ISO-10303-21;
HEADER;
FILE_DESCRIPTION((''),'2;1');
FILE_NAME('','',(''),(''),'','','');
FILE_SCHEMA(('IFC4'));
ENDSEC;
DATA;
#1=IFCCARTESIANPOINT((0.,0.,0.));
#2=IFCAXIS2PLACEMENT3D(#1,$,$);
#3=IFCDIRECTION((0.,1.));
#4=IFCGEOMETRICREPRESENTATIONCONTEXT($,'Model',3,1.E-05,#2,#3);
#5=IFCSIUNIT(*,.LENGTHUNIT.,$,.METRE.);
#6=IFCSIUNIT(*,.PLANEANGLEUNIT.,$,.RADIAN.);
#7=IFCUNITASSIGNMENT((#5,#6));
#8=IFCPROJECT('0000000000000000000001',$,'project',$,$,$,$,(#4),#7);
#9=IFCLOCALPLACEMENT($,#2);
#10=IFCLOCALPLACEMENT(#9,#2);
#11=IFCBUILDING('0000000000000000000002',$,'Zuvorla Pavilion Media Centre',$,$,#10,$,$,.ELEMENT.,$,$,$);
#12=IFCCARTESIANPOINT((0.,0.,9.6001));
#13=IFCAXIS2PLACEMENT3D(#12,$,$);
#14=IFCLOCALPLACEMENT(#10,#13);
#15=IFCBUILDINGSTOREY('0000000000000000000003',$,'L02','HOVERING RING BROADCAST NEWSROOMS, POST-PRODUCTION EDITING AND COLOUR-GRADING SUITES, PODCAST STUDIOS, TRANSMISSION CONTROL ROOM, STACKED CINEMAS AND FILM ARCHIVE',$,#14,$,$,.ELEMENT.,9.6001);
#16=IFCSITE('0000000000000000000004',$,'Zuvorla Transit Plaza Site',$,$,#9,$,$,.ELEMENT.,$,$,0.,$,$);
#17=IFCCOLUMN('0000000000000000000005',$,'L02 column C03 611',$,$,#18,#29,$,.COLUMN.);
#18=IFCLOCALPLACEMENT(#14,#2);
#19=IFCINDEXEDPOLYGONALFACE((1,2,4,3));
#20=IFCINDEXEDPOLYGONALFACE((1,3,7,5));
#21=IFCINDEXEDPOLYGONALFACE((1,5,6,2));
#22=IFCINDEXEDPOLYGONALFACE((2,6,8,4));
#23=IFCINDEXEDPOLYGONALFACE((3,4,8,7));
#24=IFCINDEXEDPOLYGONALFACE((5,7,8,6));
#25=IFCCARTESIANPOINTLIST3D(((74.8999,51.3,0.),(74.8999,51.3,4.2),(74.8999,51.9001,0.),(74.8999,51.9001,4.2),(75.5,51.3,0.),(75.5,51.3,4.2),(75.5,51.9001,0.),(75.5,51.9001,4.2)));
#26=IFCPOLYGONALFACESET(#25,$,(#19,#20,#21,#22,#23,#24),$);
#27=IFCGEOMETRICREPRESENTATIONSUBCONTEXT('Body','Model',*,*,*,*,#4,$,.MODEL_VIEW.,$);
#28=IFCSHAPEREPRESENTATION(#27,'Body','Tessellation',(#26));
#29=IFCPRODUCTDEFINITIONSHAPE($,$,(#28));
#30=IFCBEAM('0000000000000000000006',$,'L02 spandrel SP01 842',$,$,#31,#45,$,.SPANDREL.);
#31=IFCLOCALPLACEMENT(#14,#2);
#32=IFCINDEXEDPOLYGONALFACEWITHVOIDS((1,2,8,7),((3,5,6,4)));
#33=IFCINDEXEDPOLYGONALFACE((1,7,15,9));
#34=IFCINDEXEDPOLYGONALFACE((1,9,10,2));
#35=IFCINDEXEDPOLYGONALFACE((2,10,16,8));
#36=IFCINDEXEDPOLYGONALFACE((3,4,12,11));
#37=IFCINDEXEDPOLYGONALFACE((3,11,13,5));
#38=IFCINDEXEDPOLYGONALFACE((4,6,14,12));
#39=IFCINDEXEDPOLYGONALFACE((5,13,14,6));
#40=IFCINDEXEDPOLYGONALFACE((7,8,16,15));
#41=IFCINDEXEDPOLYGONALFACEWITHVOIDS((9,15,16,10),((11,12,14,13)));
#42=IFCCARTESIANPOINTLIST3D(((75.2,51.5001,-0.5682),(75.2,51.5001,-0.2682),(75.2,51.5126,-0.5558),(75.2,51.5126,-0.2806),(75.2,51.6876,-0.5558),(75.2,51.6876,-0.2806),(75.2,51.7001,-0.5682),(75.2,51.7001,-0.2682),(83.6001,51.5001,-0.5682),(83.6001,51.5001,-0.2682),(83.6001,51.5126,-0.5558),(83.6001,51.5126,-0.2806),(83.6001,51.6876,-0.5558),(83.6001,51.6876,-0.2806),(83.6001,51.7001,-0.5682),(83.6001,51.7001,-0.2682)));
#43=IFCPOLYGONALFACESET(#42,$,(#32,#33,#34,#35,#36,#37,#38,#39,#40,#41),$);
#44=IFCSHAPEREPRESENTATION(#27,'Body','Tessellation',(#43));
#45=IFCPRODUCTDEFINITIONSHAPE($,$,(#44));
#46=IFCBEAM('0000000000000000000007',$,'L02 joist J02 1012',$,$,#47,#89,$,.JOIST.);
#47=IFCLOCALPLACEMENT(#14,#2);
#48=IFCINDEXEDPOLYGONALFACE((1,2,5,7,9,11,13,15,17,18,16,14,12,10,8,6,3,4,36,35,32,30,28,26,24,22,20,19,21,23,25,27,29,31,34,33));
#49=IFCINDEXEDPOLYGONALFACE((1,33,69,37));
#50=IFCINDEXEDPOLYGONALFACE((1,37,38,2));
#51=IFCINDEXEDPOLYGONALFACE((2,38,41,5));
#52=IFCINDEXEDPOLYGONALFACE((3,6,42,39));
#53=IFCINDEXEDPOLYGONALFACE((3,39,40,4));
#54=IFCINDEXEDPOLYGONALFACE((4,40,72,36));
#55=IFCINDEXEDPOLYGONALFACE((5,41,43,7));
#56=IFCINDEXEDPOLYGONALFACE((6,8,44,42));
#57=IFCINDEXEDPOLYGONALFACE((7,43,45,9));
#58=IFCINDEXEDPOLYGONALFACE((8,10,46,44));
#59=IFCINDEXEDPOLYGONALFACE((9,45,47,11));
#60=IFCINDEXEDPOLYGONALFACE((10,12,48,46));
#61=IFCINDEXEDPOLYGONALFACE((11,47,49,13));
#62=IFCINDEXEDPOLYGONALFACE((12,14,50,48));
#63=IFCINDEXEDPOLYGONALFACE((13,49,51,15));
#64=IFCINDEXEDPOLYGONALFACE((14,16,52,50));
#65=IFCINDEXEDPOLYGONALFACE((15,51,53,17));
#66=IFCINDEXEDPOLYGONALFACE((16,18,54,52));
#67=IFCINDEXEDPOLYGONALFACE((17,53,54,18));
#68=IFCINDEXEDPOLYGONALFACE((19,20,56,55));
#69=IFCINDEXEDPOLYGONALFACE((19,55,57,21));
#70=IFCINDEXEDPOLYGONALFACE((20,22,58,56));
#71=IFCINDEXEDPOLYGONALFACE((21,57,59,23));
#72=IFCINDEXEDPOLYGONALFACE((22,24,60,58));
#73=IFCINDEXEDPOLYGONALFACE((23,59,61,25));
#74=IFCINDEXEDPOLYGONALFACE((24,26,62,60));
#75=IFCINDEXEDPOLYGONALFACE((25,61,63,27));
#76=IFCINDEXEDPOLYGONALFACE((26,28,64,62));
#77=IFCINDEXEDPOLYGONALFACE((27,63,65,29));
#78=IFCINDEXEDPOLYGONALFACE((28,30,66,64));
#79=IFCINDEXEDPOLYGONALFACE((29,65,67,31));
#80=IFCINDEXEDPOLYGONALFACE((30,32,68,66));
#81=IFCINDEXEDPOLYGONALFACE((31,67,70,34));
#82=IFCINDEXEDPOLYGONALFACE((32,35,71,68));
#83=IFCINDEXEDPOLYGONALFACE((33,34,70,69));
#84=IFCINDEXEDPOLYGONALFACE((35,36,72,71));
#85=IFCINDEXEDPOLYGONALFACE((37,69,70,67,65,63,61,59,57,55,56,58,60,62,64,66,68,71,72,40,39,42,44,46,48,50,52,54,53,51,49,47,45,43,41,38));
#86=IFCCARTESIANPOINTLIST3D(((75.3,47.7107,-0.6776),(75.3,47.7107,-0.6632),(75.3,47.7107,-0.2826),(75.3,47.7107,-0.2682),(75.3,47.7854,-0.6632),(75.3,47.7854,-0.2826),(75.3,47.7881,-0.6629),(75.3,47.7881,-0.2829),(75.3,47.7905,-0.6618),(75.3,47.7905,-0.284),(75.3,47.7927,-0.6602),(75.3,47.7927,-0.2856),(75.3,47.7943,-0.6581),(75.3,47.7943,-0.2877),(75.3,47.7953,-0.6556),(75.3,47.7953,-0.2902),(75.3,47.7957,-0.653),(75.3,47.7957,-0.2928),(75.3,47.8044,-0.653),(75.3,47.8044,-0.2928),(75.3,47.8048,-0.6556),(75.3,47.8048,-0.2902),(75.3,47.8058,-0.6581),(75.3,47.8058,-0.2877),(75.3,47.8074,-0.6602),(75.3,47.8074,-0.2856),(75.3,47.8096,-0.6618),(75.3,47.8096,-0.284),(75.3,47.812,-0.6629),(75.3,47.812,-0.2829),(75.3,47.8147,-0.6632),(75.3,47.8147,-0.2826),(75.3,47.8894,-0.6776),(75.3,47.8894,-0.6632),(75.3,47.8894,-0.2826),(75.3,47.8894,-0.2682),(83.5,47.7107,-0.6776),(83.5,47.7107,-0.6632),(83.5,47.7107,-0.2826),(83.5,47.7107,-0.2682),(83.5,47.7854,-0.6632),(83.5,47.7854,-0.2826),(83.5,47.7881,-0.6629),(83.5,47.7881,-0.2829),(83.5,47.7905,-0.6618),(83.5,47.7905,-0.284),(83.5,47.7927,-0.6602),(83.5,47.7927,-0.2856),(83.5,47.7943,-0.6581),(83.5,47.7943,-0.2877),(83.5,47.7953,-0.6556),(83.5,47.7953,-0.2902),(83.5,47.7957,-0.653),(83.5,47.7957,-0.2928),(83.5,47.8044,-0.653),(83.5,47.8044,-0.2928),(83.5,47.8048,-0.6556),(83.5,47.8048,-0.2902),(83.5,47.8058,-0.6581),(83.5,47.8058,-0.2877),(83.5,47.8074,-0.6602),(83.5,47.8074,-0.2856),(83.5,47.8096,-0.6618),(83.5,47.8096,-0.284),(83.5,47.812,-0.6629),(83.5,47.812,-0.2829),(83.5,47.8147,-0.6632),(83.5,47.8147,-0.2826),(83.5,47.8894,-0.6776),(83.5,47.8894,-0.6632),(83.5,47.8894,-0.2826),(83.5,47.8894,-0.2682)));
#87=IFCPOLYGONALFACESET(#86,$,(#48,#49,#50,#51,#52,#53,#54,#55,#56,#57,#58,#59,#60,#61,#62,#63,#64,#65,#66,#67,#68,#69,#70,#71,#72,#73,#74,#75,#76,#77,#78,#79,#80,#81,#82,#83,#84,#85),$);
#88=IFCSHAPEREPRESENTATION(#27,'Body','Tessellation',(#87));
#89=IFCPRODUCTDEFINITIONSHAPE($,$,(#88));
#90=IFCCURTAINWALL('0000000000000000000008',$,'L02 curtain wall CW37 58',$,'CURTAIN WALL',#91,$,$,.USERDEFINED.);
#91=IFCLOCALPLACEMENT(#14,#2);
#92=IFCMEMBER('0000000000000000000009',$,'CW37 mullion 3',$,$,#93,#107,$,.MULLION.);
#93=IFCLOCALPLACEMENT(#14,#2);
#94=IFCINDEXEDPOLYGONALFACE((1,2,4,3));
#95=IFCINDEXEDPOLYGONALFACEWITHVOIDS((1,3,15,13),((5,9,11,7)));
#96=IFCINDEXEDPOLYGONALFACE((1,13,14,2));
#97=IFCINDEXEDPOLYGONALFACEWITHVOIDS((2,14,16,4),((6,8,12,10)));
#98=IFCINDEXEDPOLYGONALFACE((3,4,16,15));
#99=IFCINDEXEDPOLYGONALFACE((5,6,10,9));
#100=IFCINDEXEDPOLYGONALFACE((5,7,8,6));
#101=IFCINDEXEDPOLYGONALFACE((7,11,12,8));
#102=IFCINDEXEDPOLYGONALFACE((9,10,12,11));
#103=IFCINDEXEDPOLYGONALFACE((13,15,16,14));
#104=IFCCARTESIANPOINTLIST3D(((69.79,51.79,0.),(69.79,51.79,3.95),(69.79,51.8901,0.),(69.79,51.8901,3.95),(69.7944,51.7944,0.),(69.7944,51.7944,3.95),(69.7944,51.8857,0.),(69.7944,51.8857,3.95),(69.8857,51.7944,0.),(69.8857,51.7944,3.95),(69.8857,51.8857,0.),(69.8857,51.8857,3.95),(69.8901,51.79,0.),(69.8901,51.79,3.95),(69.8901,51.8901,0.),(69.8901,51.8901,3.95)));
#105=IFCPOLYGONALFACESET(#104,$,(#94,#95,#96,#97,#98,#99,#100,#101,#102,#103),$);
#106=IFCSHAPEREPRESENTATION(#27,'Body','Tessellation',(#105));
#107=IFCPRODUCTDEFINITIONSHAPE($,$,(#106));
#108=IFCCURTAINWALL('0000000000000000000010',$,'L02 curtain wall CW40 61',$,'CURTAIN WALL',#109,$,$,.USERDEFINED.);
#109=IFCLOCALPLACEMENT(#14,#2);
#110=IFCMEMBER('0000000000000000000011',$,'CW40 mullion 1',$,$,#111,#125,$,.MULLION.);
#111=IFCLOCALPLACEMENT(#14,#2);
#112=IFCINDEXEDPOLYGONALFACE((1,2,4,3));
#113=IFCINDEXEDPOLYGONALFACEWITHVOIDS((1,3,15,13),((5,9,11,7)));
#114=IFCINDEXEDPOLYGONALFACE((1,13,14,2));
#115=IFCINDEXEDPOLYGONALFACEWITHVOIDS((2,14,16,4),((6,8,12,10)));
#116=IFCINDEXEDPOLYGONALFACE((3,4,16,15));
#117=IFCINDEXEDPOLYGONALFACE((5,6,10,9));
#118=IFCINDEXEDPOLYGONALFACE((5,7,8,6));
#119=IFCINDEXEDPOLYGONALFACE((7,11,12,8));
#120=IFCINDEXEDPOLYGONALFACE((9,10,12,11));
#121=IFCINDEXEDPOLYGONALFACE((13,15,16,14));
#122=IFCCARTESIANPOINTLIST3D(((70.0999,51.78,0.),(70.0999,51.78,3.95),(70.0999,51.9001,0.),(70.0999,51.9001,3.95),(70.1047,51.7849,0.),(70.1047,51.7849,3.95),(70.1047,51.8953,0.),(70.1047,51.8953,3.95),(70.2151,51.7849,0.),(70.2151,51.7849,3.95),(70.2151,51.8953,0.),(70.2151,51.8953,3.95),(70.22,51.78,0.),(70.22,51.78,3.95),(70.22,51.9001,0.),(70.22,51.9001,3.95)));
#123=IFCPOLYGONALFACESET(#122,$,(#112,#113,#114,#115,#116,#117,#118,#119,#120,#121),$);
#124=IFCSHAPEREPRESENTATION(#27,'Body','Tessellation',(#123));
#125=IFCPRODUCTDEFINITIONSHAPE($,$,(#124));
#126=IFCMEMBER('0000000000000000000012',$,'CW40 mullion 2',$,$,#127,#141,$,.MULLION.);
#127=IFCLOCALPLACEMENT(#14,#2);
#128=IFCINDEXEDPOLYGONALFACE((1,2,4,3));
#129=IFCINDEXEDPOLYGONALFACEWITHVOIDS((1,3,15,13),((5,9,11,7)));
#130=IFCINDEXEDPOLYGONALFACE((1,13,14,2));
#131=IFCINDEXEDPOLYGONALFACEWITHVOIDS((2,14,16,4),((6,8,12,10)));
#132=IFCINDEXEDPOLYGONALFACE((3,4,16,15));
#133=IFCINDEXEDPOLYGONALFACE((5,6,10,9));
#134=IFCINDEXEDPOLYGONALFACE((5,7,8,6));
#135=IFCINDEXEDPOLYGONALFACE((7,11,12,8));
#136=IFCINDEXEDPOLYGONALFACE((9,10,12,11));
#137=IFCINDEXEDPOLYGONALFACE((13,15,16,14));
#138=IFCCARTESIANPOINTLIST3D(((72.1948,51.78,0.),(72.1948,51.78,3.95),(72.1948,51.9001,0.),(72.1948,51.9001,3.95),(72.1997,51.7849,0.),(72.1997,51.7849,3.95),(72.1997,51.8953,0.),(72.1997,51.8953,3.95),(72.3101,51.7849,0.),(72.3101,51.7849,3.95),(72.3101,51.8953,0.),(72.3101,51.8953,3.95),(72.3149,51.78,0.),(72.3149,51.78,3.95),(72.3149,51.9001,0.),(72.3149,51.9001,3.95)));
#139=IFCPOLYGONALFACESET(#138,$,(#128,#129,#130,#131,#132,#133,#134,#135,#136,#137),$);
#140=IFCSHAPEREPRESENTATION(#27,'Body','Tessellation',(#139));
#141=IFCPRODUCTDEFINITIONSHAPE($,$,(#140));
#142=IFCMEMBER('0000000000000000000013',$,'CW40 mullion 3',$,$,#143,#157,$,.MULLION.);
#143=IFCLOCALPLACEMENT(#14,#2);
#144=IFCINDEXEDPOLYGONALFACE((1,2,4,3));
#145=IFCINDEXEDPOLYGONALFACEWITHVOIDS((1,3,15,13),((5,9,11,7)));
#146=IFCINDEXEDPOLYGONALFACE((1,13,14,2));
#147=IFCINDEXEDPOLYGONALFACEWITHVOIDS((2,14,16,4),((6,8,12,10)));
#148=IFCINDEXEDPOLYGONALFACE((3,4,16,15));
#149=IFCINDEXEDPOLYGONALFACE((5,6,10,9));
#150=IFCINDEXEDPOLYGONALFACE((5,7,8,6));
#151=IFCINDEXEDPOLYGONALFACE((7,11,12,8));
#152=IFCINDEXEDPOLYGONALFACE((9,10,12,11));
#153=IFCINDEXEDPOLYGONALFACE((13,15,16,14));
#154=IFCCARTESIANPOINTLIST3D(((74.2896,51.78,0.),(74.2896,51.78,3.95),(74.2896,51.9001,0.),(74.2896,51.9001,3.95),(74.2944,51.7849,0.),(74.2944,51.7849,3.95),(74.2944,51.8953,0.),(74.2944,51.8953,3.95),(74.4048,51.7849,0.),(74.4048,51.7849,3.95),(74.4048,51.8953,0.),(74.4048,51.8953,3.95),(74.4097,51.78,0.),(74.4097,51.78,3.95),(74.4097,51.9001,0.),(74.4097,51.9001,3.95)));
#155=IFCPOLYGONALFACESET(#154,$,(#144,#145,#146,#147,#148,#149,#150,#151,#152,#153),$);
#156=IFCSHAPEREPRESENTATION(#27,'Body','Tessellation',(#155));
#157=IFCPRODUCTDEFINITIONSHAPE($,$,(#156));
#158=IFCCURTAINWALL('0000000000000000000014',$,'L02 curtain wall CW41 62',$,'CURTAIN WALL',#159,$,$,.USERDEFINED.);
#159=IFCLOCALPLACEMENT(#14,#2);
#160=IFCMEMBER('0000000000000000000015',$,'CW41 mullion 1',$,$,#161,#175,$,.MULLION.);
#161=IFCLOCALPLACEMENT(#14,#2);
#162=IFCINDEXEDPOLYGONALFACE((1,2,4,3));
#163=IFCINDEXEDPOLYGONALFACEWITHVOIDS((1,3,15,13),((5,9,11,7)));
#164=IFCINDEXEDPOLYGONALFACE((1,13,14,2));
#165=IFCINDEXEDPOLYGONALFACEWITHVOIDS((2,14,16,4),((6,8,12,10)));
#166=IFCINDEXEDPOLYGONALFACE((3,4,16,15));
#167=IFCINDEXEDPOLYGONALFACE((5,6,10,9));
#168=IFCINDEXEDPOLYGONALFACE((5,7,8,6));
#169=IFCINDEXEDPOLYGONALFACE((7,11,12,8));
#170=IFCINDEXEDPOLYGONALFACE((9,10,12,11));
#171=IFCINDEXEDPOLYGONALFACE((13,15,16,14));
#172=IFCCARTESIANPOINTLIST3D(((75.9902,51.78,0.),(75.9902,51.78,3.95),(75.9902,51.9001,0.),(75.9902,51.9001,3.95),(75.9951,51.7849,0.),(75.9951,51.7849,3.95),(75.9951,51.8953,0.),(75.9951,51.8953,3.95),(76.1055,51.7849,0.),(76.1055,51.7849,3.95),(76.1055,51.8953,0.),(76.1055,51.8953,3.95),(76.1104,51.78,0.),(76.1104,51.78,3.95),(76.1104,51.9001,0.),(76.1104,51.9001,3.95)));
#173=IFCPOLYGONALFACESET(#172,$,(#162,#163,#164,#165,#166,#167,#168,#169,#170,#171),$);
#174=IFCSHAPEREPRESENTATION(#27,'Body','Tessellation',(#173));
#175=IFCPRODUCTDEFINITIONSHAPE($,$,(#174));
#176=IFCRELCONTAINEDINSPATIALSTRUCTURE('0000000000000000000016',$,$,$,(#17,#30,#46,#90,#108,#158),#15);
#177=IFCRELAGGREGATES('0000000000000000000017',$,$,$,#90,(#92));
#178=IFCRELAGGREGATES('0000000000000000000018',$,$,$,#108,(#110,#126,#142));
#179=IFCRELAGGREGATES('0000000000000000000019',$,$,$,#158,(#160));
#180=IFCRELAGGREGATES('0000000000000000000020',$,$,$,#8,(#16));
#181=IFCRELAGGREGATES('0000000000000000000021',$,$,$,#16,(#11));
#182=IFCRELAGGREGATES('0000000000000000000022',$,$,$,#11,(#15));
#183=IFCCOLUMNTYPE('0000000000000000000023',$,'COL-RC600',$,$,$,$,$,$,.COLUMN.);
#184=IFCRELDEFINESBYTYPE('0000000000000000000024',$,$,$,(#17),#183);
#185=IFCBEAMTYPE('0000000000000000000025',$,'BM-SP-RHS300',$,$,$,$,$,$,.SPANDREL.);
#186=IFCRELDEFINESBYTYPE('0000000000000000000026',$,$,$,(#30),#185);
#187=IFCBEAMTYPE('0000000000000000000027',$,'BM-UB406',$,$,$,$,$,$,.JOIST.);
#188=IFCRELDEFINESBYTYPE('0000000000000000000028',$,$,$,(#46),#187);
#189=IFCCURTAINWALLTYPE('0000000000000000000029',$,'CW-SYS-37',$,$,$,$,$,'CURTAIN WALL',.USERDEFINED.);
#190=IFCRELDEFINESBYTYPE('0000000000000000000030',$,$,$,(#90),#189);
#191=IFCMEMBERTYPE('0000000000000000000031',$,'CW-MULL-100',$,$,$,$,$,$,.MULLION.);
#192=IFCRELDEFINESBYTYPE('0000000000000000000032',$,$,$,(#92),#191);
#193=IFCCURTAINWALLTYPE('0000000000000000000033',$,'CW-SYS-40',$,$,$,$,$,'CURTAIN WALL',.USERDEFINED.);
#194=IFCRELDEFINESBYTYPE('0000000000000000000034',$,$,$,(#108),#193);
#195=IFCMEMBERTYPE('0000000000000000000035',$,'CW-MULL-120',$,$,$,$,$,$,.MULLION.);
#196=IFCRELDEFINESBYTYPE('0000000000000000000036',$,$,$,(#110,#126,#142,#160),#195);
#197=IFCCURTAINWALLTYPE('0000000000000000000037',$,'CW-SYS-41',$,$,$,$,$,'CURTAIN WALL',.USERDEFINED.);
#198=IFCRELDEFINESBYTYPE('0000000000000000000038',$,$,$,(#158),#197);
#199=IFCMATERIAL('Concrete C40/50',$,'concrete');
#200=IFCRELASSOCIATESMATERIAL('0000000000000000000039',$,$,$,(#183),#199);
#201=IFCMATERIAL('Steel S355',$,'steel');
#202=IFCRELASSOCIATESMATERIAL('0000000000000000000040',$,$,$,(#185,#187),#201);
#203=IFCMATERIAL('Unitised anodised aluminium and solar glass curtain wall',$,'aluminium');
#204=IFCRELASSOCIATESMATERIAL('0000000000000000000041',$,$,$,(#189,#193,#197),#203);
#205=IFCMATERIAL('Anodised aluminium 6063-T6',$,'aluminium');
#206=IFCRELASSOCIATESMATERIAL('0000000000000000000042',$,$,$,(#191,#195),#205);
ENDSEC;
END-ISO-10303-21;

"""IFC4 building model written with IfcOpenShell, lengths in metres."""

from ifc_helpers import new_model, si_unit, direction, frame, origin, origin_2d, place, context, subcontext, project, spatial, rectangle, hollow_rectangle, i_section, extrude, material, material_profile, profile_set, type_object, element, aggregate, save


model = new_model("IFC4")

# Units and contexts
model_context = context("Model", 3, precision=1e-05, world=origin(), true_north=direction((0.0, 1.0)))
body_context = subcontext(model_context, "Body", "Model", "MODEL_VIEW")
ifc_project = project(units=[si_unit("LENGTHUNIT", "METRE"), si_unit("PLANEANGLEUNIT", "RADIAN")], contexts=[model_context])

# Site, building, storey
site_placement = place(None, origin())
site = spatial("IfcSite", under=ifc_project, at=site_placement, Name="Zuvorla Transit Plaza Site", CompositionType="ELEMENT", RefElevation=0.0)
building_placement = place(site_placement, origin())
building = spatial("IfcBuilding", under=site, at=building_placement, Name="Zuvorla Pavilion Media Centre", CompositionType="ELEMENT")
storey_placement = place(building_placement, frame((0.0, 0.0, 9.6001)))
storey = spatial("IfcBuildingStorey", under=building, at=storey_placement, Name="L02", Description="HOVERING RING BROADCAST NEWSROOMS, POST-PRODUCTION EDITING AND COLOUR-GRADING SUITES, PODCAST STUDIOS, TRANSMISSION CONTROL ROOM, STACKED CINEMAS AND FILM ARCHIVE", CompositionType="ELEMENT", Elevation=9.6001)

# Column
ifc_material_1 = material(Name="Concrete C40/50", Category="concrete")
ifc_material_profile_1 = material_profile(ifc_material_1, rectangle(XDim=0.6001, YDim=0.6001, at=origin_2d()), Name="RC 600x600")
ifc_profile_set_1 = profile_set([ifc_material_profile_1], Name="Concrete C40/50")
column_type = type_object("IfcColumnType", Name="COL-RC600", PredefinedType="COLUMN", material=ifc_profile_set_1)
column_placement = place(storey_placement, frame((75.2, 51.6001, 0.0), z_axis=(0.0, 0.0, 1.0), x_axis=(1.0, 0.0, 0.0)))
element("IfcColumn", 1, at=column_placement, inside=storey, type_object=column_type, Name="L02 column C03 611", PredefinedType="COLUMN", context=body_context, shape_type="SweptSolid", body=[
    extrude(rectangle(XDim=0.6001, YDim=0.6001, at=origin_2d()), origin(), (0.0, 0.0, 1.0), 4.2),
])

# Beams
ifc_material_2 = material(Name="Steel S355", Category="steel")
ifc_material_profile_2 = material_profile(ifc_material_2, hollow_rectangle(XDim=0.2, YDim=0.3, WallThickness=0.0125, at=origin_2d()), Name="RHS 300x200x12.5")
ifc_profile_set_2 = profile_set([ifc_material_profile_2], Name="Steel S355")
beam_type_1 = type_object("IfcBeamType", Name="BM-SP-RHS300", PredefinedType="SPANDREL", material=ifc_profile_set_2)
beam_1_placement = place(storey_placement, frame((75.2, 51.6001, -0.4182), z_axis=(1.0, 0.0, 0.0), x_axis=(0.0, 1.0, 0.0)))
element("IfcBeam", 2, at=beam_1_placement, inside=storey, type_object=beam_type_1, Name="L02 spandrel SP01 842", PredefinedType="SPANDREL", context=body_context, shape_type="SweptSolid", body=[
    extrude(hollow_rectangle(XDim=0.2, YDim=0.3, WallThickness=0.0125, at=origin_2d()), origin(), (0.0, 0.0, 1.0), 8.4001),
])
ifc_material_profile_3 = material_profile(ifc_material_2, i_section(OverallWidth=0.1787, OverallDepth=0.4094, WebThickness=0.0088, FlangeThickness=0.0144, FilletRadius=0.0103, at=origin_2d()), Name="UB 406x178x67")
ifc_profile_set_3 = profile_set([ifc_material_profile_3], Name="Steel S355")
beam_type_2 = type_object("IfcBeamType", Name="BM-UB406", PredefinedType="JOIST", material=ifc_profile_set_3)
beam_2_placement = place(storey_placement, frame((75.3, 47.8, -0.4729), z_axis=(1.0, 0.0, 0.0), x_axis=(0.0, 1.0, 0.0)))
element("IfcBeam", 3, at=beam_2_placement, inside=storey, type_object=beam_type_2, Name="L02 joist J02 1012", PredefinedType="JOIST", context=body_context, shape_type="SweptSolid", body=[
    extrude(i_section(OverallWidth=0.1787, OverallDepth=0.4094, WebThickness=0.0088, FlangeThickness=0.0144, FilletRadius=0.0103, at=origin_2d()), origin(), (0.0, 0.0, 1.0), 8.2),
])

# Curtain wall, member
ifc_material_3 = material(Name="Unitised anodised aluminium and solar glass curtain wall", Category="aluminium")
curtain_wall_type_1 = type_object("IfcCurtainWallType", Name="CW-SYS-37", ElementType="CURTAIN WALL", PredefinedType="USERDEFINED", material=ifc_material_3)
curtain_wall_1_placement = place(storey_placement, origin())
curtain_wall_1 = element("IfcCurtainWall", 4, at=curtain_wall_1_placement, inside=storey, type_object=curtain_wall_type_1, Name="L02 curtain wall CW37 58", ObjectType="CURTAIN WALL", PredefinedType="USERDEFINED")
ifc_material_4 = material(Name="Anodised aluminium 6063-T6", Category="aluminium")
ifc_material_profile_4 = material_profile(ifc_material_4, hollow_rectangle(XDim=0.1001, YDim=0.1001, WallThickness=0.0044, at=origin_2d()), Name="ALU MULL 100x100")
ifc_profile_set_4 = profile_set([ifc_material_profile_4], Name="Anodised aluminium 6063-T6")
member_type_1 = type_object("IfcMemberType", Name="CW-MULL-100", PredefinedType="MULLION", material=ifc_profile_set_4)
member_1_placement = place(storey_placement, frame((69.8401, 51.8401, 0.0), z_axis=(0.0, 0.0, 1.0), x_axis=(1.0, 0.0, 0.0)))
member_1 = element("IfcMember", 5, at=member_1_placement, type_object=member_type_1, Name="CW37 mullion 3", PredefinedType="MULLION", context=body_context, shape_type="SweptSolid", body=[
    extrude(hollow_rectangle(XDim=0.1001, YDim=0.1001, WallThickness=0.0044, at=origin_2d()), origin(), (0.0, 0.0, 1.0), 3.95),
])

# Curtain wall, members
curtain_wall_type_2 = type_object("IfcCurtainWallType", Name="CW-SYS-40", ElementType="CURTAIN WALL", PredefinedType="USERDEFINED", material=ifc_material_3)
curtain_wall_2_placement = place(storey_placement, origin())
curtain_wall_2 = element("IfcCurtainWall", 6, at=curtain_wall_2_placement, inside=storey, type_object=curtain_wall_type_2, Name="L02 curtain wall CW40 61", ObjectType="CURTAIN WALL", PredefinedType="USERDEFINED")
ifc_material_profile_5 = material_profile(ifc_material_4, hollow_rectangle(XDim=0.1201, YDim=0.1201, WallThickness=0.0049, at=origin_2d()), Name="ALU MULL 120x120")
ifc_profile_set_5 = profile_set([ifc_material_profile_5], Name="Anodised aluminium 6063-T6")
member_type_2 = type_object("IfcMemberType", Name="CW-MULL-120", PredefinedType="MULLION", material=ifc_profile_set_5)
member_2_placement = place(storey_placement, frame((70.1599, 51.8401, 0.0), z_axis=(0.0, 0.0, 1.0), x_axis=(1.0, 0.0, 0.0)))
member_2 = element("IfcMember", 7, at=member_2_placement, type_object=member_type_2, Name="CW40 mullion 1", PredefinedType="MULLION", context=body_context, shape_type="SweptSolid", body=[
    extrude(hollow_rectangle(XDim=0.1201, YDim=0.1201, WallThickness=0.0049, at=origin_2d()), origin(), (0.0, 0.0, 1.0), 3.95),
])
member_3_placement = place(storey_placement, frame((72.2549, 51.8401, 0.0), z_axis=(0.0, 0.0, 1.0), x_axis=(1.0, 0.0, 0.0)))
member_3 = element("IfcMember", 8, at=member_3_placement, type_object=member_type_2, Name="CW40 mullion 2", PredefinedType="MULLION", context=body_context, shape_type="SweptSolid", body=[
    extrude(hollow_rectangle(XDim=0.1201, YDim=0.1201, WallThickness=0.0049, at=origin_2d()), origin(), (0.0, 0.0, 1.0), 3.95),
])
member_4_placement = place(storey_placement, frame((74.3496, 51.8401, 0.0), z_axis=(0.0, 0.0, 1.0), x_axis=(1.0, 0.0, 0.0)))
member_4 = element("IfcMember", 9, at=member_4_placement, type_object=member_type_2, Name="CW40 mullion 3", PredefinedType="MULLION", context=body_context, shape_type="SweptSolid", body=[
    extrude(hollow_rectangle(XDim=0.1201, YDim=0.1201, WallThickness=0.0049, at=origin_2d()), origin(), (0.0, 0.0, 1.0), 3.95),
])

# Curtain wall, member
curtain_wall_type_3 = type_object("IfcCurtainWallType", Name="CW-SYS-41", ElementType="CURTAIN WALL", PredefinedType="USERDEFINED", material=ifc_material_3)
curtain_wall_3_placement = place(storey_placement, origin())
curtain_wall_3 = element("IfcCurtainWall", 10, at=curtain_wall_3_placement, inside=storey, type_object=curtain_wall_type_3, Name="L02 curtain wall CW41 62", ObjectType="CURTAIN WALL", PredefinedType="USERDEFINED")
member_5_placement = place(storey_placement, frame((76.0503, 51.8401, 0.0), z_axis=(0.0, 0.0, 1.0), x_axis=(1.0, 0.0, 0.0)))
member_5 = element("IfcMember", 11, at=member_5_placement, type_object=member_type_2, Name="CW41 mullion 1", PredefinedType="MULLION", context=body_context, shape_type="SweptSolid", body=[
    extrude(hollow_rectangle(XDim=0.1201, YDim=0.1201, WallThickness=0.0049, at=origin_2d()), origin(), (0.0, 0.0, 1.0), 3.95),
])

aggregate(curtain_wall_1, [member_1])
aggregate(curtain_wall_2, [member_2, member_3, member_4])
aggregate(curtain_wall_3, [member_5])

save(model, "model.ifc")
